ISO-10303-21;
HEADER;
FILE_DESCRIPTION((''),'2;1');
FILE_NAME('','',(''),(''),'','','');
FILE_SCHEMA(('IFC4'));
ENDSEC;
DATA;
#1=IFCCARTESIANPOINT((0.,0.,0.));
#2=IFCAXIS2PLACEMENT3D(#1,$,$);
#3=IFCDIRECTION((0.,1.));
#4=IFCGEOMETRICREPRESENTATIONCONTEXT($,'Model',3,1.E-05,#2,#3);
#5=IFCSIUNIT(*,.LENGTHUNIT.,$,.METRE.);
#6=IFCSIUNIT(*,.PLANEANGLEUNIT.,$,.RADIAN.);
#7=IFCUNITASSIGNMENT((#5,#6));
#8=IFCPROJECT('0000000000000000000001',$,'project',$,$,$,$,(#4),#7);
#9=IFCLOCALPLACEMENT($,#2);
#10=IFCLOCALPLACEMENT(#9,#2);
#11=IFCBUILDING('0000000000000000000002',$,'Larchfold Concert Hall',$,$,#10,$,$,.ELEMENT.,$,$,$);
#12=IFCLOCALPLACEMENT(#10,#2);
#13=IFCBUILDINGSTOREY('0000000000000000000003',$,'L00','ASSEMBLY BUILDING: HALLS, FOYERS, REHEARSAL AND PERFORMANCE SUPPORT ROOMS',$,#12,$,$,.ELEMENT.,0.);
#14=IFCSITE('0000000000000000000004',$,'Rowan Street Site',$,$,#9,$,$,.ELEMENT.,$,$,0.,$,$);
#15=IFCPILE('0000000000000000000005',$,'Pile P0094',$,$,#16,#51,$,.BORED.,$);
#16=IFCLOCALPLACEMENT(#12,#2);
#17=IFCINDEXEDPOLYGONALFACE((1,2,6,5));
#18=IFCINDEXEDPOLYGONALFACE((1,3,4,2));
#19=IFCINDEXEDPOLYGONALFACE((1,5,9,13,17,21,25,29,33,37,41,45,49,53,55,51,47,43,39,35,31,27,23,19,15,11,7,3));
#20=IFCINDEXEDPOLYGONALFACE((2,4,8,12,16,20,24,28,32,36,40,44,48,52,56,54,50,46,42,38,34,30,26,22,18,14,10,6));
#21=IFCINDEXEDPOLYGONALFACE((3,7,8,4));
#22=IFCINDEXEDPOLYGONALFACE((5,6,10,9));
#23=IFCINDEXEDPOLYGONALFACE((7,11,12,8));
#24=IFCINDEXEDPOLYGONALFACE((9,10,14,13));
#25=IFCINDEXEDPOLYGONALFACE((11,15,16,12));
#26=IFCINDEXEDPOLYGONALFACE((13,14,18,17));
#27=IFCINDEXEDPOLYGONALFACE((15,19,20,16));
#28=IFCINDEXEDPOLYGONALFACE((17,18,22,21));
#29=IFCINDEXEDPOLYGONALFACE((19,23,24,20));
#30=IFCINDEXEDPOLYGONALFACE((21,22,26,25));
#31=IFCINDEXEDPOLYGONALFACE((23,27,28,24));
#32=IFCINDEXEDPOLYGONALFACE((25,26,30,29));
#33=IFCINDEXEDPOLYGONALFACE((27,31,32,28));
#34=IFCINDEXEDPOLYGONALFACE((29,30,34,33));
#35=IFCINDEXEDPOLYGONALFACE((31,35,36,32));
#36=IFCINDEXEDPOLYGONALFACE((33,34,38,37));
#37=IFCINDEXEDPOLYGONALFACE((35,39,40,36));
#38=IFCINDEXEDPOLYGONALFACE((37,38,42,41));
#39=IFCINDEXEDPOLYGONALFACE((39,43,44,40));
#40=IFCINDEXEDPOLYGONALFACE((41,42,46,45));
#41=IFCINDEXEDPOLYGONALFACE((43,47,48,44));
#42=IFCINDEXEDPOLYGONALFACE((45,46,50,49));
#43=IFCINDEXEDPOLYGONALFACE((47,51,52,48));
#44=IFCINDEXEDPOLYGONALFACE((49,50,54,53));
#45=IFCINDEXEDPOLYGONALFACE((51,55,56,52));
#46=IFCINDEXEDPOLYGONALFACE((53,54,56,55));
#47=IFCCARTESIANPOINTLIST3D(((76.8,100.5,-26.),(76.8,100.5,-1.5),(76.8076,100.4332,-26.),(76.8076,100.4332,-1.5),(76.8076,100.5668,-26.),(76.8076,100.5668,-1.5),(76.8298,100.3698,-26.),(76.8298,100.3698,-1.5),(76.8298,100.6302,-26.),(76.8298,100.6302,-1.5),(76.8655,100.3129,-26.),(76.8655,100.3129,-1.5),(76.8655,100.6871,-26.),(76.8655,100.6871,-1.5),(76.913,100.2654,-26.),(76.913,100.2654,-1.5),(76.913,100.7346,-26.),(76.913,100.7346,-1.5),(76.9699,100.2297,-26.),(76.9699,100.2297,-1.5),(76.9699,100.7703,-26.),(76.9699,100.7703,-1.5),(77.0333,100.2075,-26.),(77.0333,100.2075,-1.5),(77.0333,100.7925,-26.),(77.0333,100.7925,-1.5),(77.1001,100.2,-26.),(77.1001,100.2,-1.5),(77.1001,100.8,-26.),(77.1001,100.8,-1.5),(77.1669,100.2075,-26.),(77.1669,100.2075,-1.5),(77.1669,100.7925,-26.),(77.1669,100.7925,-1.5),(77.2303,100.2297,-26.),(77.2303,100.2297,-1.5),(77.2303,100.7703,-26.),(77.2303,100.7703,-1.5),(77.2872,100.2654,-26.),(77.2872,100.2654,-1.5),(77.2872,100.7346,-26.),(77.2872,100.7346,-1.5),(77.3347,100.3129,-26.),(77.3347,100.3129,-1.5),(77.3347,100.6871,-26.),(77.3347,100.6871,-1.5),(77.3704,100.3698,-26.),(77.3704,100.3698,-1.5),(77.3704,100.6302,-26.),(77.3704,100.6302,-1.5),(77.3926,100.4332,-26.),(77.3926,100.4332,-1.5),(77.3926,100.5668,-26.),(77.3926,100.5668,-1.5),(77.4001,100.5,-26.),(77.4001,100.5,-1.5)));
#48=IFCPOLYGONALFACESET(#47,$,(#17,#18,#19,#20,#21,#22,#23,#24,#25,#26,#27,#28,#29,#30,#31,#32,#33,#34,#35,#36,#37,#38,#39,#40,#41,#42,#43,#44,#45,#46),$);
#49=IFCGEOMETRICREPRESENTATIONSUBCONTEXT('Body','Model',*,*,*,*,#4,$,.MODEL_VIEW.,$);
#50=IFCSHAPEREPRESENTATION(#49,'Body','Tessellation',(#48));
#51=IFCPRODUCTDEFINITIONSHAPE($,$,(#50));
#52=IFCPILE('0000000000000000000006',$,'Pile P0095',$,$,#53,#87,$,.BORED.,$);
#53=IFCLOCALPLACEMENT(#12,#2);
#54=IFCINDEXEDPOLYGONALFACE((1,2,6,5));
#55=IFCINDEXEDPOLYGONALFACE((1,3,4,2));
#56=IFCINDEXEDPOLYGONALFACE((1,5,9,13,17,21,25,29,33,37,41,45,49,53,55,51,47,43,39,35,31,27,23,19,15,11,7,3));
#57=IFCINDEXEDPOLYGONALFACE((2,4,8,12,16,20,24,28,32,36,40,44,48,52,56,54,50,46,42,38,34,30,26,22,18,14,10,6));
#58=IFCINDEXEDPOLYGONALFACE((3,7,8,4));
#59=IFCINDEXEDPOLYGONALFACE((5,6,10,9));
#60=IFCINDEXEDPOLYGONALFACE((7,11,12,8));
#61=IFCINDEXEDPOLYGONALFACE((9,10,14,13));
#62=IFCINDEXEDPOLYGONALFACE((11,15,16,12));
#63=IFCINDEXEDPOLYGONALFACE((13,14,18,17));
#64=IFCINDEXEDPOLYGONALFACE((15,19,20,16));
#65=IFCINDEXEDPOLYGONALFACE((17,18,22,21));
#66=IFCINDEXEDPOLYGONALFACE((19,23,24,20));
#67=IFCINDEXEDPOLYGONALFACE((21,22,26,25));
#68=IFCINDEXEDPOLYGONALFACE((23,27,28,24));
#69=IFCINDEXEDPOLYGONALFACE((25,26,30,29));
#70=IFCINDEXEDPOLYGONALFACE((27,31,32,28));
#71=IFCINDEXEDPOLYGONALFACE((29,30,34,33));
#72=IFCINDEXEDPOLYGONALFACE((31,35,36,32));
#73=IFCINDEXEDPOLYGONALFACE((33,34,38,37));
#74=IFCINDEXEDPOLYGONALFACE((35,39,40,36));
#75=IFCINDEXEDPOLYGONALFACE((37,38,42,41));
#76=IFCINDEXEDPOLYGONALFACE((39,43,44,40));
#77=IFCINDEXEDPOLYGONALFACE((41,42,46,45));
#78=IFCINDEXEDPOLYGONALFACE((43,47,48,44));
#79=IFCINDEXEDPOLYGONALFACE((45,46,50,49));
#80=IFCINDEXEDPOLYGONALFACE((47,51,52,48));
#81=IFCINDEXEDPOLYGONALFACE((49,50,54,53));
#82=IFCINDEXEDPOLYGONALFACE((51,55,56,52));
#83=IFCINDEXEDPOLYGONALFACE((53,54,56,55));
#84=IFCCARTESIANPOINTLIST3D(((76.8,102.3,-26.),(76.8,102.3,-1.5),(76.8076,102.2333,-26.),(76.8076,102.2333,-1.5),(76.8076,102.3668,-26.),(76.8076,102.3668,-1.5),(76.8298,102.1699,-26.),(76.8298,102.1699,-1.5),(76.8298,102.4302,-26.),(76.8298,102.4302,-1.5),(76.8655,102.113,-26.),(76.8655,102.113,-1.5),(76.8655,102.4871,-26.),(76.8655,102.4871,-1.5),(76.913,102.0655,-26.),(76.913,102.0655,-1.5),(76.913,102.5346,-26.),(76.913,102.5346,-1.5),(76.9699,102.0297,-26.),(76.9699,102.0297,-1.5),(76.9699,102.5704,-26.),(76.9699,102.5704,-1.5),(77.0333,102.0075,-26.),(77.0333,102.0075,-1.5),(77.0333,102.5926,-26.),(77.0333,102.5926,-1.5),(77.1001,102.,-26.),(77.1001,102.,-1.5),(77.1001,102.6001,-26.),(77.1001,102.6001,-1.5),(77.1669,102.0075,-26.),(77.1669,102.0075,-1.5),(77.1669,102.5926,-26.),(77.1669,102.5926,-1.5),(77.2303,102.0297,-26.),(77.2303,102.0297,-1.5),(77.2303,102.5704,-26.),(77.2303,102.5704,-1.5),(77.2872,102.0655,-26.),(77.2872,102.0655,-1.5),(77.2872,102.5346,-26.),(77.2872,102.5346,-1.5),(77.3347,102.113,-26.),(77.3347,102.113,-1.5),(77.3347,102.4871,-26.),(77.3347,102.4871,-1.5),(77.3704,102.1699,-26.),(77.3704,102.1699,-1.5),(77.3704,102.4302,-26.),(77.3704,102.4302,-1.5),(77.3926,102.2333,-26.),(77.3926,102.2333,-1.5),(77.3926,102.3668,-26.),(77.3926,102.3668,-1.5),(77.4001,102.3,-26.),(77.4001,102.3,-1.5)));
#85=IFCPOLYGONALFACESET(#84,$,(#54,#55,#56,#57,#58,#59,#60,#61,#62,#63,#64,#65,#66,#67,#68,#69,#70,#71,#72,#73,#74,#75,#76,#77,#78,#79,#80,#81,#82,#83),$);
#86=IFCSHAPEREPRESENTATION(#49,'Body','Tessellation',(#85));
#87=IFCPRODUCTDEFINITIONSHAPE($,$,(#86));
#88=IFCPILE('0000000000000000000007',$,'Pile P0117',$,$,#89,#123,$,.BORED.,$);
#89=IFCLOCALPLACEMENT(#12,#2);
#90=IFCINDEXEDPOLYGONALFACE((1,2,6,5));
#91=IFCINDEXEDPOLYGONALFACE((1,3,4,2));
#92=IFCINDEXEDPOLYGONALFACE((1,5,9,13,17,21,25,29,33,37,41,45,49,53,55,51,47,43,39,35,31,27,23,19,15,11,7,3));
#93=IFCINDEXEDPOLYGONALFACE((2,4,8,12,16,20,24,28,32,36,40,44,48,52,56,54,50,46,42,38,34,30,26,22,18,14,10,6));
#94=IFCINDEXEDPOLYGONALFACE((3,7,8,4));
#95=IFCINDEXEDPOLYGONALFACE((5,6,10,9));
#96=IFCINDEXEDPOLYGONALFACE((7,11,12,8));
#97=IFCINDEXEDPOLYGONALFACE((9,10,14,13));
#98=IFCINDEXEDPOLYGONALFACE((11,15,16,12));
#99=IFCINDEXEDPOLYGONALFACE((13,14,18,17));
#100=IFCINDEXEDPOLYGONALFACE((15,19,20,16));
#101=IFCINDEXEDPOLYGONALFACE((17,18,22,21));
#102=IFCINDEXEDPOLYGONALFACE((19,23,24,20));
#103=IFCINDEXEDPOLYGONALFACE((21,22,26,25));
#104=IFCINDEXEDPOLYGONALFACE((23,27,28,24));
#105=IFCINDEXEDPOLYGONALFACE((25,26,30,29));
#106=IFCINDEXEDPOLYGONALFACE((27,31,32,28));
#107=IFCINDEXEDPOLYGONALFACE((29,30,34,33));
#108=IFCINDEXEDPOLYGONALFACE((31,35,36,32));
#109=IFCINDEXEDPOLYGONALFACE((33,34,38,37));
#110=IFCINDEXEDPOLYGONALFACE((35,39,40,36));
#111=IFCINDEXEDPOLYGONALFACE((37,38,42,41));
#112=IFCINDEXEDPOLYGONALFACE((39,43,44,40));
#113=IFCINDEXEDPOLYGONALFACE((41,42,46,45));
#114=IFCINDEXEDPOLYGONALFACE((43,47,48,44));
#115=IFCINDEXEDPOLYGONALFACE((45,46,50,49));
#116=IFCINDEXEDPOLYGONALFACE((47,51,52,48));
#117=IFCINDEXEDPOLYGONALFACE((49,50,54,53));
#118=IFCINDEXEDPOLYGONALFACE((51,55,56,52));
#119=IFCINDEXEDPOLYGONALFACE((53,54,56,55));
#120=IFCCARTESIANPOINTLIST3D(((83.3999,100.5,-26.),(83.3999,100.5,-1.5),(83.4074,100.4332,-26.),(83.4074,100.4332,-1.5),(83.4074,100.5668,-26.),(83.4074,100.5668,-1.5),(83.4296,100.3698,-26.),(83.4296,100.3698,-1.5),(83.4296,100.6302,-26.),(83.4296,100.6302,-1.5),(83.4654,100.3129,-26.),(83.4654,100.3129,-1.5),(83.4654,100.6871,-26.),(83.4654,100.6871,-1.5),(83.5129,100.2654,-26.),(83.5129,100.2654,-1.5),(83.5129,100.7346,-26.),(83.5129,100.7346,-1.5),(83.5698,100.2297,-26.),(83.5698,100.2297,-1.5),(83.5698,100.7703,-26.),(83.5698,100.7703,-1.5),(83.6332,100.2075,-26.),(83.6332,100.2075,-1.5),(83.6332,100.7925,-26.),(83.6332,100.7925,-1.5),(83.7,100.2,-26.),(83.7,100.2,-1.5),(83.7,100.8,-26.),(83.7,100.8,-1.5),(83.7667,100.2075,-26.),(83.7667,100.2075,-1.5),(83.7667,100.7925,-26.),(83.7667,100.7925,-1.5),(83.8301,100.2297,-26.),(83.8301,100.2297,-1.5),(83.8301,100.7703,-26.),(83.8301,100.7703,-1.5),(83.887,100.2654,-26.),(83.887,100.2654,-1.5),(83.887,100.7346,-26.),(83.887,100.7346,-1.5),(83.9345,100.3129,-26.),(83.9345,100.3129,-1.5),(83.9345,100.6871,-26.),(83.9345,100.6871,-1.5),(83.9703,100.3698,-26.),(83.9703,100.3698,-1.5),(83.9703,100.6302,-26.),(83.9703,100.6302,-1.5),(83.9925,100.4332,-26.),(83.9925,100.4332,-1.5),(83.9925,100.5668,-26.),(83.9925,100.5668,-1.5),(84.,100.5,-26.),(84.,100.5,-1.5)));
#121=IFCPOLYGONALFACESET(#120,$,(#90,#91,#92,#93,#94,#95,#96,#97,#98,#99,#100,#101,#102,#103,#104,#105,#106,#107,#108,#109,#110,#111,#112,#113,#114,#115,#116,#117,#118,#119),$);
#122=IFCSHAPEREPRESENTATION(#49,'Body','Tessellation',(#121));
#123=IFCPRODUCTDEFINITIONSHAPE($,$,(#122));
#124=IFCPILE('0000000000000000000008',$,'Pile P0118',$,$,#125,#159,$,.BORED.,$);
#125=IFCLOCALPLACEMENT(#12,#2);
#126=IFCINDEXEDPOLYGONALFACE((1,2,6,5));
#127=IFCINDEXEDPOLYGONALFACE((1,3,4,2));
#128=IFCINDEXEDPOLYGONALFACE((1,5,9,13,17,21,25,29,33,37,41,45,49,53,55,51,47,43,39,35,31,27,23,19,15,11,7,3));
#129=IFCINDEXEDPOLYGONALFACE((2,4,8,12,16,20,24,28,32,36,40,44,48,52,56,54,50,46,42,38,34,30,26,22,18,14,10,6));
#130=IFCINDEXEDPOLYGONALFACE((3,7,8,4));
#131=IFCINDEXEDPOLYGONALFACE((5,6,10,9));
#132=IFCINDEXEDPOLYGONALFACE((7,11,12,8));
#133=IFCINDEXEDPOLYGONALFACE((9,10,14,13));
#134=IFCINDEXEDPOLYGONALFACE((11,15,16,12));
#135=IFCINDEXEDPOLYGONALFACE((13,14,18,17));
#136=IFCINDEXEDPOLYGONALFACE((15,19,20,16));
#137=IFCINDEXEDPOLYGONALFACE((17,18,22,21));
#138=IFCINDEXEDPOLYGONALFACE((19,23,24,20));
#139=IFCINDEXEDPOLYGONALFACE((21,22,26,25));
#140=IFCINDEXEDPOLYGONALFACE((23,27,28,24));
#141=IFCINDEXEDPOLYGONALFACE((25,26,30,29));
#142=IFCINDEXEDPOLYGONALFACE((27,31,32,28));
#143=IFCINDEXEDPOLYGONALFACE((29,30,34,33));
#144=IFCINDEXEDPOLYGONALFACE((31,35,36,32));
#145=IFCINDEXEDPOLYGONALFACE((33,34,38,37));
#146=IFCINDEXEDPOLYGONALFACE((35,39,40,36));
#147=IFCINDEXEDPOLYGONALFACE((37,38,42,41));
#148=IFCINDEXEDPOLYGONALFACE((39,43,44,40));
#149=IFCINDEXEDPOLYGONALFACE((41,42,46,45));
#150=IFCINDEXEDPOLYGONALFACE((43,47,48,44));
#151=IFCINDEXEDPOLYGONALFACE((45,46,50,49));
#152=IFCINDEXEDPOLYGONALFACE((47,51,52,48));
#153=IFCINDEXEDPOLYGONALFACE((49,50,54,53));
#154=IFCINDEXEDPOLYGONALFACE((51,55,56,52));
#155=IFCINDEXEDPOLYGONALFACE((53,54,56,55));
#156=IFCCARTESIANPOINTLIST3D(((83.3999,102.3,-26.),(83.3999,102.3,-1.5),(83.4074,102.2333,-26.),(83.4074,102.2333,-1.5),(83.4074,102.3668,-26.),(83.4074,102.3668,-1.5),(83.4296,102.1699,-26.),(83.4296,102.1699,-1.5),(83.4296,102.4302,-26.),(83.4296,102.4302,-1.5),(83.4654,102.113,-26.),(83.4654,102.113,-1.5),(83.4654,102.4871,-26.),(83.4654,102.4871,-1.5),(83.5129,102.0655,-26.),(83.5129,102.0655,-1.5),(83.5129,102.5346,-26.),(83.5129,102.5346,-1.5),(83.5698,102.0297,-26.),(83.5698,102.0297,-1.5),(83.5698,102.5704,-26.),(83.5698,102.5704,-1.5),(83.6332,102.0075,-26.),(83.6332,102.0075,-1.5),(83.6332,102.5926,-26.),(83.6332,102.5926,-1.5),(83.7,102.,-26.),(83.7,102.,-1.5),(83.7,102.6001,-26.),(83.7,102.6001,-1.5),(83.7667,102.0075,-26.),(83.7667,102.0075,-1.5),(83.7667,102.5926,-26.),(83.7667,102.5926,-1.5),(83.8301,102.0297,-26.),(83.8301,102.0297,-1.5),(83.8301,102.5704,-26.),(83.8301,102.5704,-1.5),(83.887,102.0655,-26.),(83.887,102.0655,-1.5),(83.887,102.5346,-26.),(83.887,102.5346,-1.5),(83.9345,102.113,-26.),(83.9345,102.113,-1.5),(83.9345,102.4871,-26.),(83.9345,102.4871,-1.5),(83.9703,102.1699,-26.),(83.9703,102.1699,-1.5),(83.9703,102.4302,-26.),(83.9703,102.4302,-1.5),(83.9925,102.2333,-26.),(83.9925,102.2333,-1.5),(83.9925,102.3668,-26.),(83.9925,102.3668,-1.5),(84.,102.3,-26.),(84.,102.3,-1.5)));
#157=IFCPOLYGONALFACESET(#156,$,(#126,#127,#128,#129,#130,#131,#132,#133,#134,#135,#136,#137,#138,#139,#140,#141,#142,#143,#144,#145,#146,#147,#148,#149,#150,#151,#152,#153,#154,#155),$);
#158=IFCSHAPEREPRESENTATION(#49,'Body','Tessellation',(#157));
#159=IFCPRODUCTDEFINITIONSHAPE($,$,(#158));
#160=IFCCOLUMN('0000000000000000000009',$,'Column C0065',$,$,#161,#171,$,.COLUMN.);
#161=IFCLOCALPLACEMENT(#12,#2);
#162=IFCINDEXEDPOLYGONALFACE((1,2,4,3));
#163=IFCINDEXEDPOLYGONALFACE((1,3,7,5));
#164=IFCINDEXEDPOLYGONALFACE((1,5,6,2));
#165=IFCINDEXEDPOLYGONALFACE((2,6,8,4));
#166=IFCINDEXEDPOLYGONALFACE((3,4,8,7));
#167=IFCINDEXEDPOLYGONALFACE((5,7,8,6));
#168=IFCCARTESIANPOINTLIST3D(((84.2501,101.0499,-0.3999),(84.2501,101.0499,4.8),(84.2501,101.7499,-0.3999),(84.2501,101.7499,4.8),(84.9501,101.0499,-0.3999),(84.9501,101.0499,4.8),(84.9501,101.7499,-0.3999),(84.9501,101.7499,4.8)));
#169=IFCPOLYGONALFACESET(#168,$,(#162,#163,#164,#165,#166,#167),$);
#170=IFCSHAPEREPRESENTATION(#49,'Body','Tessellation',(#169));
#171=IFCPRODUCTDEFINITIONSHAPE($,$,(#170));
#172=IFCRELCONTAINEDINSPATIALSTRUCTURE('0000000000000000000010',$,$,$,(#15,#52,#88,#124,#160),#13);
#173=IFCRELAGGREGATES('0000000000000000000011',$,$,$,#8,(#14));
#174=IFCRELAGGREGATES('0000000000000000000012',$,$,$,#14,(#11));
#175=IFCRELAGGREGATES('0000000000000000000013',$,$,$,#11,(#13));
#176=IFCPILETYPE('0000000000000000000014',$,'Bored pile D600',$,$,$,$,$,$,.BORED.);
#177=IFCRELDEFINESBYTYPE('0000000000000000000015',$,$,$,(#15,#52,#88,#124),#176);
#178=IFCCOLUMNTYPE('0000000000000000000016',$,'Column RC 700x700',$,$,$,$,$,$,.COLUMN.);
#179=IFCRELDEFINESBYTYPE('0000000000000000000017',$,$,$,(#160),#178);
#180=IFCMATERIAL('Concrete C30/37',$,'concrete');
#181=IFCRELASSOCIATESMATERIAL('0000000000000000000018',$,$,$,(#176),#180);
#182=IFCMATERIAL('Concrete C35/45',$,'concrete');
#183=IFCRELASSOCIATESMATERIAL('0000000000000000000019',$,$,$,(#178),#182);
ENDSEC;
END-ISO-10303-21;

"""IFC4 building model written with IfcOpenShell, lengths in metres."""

from ifc_helpers import new_model, si_unit, direction, frame, origin, origin_2d, place, context, subcontext, project, spatial, rectangle, circle, extrude, material, material_profile, profile_set, type_object, element, save


model = new_model("IFC4")

# Units and contexts
model_context = context("Model", 3, precision=1e-05, world=origin(), true_north=direction((0.0, 1.0)))
body_context = subcontext(model_context, "Body", "Model", "MODEL_VIEW")
ifc_project = project(units=[si_unit("LENGTHUNIT", "METRE"), si_unit("PLANEANGLEUNIT", "RADIAN")], contexts=[model_context])

# Site, building, storey
site_placement = place(None, origin())
site = spatial("IfcSite", under=ifc_project, at=site_placement, Name="Rowan Street Site", CompositionType="ELEMENT", RefElevation=0.0)
building_placement = place(site_placement, origin())
building = spatial("IfcBuilding", under=site, at=building_placement, Name="Larchfold Concert Hall", CompositionType="ELEMENT")
storey_placement = place(building_placement, origin())
storey = spatial("IfcBuildingStorey", under=building, at=storey_placement, Name="L00", Description="ASSEMBLY BUILDING: HALLS, FOYERS, REHEARSAL AND PERFORMANCE SUPPORT ROOMS", CompositionType="ELEMENT", Elevation=0.0)

# Piles
ifc_material_1 = material(Name="Concrete C30/37", Category="concrete")
ifc_material_profile_1 = material_profile(ifc_material_1, circle(Radius=0.3, at=origin_2d()))
ifc_profile_set_1 = profile_set([ifc_material_profile_1], Name="Concrete C30/37")
pile_type = type_object("IfcPileType", Name="Bored pile D600", PredefinedType="BORED", material=ifc_profile_set_1)
for number, where, z_axis, x_axis, name in (
    (1, (77.1001, 100.5, -1.5), (0.0, 0.0, -1.0), (1.0, 0.0, 0.0), "Pile P0094"),
    (2, (77.1001, 102.3, -1.5), (0.0, 0.0, -1.0), (1.0, 0.0, 0.0), "Pile P0095"),
    (3, (83.7, 100.5, -1.5), (0.0, 0.0, -1.0), (1.0, 0.0, 0.0), "Pile P0117"),
    (4, (83.7, 102.3, -1.5), (0.0, 0.0, -1.0), (1.0, 0.0, 0.0), "Pile P0118"),
):
    element("IfcPile", number, at=place(storey_placement, frame(where, z_axis=z_axis, x_axis=x_axis)), inside=storey, type_object=pile_type, Name=name, PredefinedType="BORED", context=body_context, shape_type="SweptSolid", body=[
        extrude(circle(Radius=0.3, at=origin_2d()), origin(), (0.0, 0.0, 1.0), 24.5),
    ])

# Column
ifc_material_2 = material(Name="Concrete C35/45", Category="concrete")
ifc_material_profile_2 = material_profile(ifc_material_2, rectangle(XDim=0.7, YDim=0.7, at=origin_2d()))
ifc_profile_set_2 = profile_set([ifc_material_profile_2], Name="Concrete C35/45")
column_type = type_object("IfcColumnType", Name="Column RC 700x700", PredefinedType="COLUMN", material=ifc_profile_set_2)
column_placement = place(storey_placement, frame((84.6001, 101.3999, -0.3999), z_axis=(0.0, 0.0, 1.0), x_axis=(1.0, 0.0, 0.0)))
element("IfcColumn", 5, at=column_placement, inside=storey, type_object=column_type, Name="Column C0065", PredefinedType="COLUMN", context=body_context, shape_type="SweptSolid", body=[
    extrude(rectangle(XDim=0.7, YDim=0.7, at=origin_2d()), origin(), (0.0, 0.0, 1.0), 5.2),
])

save(model, "model.ifc")
